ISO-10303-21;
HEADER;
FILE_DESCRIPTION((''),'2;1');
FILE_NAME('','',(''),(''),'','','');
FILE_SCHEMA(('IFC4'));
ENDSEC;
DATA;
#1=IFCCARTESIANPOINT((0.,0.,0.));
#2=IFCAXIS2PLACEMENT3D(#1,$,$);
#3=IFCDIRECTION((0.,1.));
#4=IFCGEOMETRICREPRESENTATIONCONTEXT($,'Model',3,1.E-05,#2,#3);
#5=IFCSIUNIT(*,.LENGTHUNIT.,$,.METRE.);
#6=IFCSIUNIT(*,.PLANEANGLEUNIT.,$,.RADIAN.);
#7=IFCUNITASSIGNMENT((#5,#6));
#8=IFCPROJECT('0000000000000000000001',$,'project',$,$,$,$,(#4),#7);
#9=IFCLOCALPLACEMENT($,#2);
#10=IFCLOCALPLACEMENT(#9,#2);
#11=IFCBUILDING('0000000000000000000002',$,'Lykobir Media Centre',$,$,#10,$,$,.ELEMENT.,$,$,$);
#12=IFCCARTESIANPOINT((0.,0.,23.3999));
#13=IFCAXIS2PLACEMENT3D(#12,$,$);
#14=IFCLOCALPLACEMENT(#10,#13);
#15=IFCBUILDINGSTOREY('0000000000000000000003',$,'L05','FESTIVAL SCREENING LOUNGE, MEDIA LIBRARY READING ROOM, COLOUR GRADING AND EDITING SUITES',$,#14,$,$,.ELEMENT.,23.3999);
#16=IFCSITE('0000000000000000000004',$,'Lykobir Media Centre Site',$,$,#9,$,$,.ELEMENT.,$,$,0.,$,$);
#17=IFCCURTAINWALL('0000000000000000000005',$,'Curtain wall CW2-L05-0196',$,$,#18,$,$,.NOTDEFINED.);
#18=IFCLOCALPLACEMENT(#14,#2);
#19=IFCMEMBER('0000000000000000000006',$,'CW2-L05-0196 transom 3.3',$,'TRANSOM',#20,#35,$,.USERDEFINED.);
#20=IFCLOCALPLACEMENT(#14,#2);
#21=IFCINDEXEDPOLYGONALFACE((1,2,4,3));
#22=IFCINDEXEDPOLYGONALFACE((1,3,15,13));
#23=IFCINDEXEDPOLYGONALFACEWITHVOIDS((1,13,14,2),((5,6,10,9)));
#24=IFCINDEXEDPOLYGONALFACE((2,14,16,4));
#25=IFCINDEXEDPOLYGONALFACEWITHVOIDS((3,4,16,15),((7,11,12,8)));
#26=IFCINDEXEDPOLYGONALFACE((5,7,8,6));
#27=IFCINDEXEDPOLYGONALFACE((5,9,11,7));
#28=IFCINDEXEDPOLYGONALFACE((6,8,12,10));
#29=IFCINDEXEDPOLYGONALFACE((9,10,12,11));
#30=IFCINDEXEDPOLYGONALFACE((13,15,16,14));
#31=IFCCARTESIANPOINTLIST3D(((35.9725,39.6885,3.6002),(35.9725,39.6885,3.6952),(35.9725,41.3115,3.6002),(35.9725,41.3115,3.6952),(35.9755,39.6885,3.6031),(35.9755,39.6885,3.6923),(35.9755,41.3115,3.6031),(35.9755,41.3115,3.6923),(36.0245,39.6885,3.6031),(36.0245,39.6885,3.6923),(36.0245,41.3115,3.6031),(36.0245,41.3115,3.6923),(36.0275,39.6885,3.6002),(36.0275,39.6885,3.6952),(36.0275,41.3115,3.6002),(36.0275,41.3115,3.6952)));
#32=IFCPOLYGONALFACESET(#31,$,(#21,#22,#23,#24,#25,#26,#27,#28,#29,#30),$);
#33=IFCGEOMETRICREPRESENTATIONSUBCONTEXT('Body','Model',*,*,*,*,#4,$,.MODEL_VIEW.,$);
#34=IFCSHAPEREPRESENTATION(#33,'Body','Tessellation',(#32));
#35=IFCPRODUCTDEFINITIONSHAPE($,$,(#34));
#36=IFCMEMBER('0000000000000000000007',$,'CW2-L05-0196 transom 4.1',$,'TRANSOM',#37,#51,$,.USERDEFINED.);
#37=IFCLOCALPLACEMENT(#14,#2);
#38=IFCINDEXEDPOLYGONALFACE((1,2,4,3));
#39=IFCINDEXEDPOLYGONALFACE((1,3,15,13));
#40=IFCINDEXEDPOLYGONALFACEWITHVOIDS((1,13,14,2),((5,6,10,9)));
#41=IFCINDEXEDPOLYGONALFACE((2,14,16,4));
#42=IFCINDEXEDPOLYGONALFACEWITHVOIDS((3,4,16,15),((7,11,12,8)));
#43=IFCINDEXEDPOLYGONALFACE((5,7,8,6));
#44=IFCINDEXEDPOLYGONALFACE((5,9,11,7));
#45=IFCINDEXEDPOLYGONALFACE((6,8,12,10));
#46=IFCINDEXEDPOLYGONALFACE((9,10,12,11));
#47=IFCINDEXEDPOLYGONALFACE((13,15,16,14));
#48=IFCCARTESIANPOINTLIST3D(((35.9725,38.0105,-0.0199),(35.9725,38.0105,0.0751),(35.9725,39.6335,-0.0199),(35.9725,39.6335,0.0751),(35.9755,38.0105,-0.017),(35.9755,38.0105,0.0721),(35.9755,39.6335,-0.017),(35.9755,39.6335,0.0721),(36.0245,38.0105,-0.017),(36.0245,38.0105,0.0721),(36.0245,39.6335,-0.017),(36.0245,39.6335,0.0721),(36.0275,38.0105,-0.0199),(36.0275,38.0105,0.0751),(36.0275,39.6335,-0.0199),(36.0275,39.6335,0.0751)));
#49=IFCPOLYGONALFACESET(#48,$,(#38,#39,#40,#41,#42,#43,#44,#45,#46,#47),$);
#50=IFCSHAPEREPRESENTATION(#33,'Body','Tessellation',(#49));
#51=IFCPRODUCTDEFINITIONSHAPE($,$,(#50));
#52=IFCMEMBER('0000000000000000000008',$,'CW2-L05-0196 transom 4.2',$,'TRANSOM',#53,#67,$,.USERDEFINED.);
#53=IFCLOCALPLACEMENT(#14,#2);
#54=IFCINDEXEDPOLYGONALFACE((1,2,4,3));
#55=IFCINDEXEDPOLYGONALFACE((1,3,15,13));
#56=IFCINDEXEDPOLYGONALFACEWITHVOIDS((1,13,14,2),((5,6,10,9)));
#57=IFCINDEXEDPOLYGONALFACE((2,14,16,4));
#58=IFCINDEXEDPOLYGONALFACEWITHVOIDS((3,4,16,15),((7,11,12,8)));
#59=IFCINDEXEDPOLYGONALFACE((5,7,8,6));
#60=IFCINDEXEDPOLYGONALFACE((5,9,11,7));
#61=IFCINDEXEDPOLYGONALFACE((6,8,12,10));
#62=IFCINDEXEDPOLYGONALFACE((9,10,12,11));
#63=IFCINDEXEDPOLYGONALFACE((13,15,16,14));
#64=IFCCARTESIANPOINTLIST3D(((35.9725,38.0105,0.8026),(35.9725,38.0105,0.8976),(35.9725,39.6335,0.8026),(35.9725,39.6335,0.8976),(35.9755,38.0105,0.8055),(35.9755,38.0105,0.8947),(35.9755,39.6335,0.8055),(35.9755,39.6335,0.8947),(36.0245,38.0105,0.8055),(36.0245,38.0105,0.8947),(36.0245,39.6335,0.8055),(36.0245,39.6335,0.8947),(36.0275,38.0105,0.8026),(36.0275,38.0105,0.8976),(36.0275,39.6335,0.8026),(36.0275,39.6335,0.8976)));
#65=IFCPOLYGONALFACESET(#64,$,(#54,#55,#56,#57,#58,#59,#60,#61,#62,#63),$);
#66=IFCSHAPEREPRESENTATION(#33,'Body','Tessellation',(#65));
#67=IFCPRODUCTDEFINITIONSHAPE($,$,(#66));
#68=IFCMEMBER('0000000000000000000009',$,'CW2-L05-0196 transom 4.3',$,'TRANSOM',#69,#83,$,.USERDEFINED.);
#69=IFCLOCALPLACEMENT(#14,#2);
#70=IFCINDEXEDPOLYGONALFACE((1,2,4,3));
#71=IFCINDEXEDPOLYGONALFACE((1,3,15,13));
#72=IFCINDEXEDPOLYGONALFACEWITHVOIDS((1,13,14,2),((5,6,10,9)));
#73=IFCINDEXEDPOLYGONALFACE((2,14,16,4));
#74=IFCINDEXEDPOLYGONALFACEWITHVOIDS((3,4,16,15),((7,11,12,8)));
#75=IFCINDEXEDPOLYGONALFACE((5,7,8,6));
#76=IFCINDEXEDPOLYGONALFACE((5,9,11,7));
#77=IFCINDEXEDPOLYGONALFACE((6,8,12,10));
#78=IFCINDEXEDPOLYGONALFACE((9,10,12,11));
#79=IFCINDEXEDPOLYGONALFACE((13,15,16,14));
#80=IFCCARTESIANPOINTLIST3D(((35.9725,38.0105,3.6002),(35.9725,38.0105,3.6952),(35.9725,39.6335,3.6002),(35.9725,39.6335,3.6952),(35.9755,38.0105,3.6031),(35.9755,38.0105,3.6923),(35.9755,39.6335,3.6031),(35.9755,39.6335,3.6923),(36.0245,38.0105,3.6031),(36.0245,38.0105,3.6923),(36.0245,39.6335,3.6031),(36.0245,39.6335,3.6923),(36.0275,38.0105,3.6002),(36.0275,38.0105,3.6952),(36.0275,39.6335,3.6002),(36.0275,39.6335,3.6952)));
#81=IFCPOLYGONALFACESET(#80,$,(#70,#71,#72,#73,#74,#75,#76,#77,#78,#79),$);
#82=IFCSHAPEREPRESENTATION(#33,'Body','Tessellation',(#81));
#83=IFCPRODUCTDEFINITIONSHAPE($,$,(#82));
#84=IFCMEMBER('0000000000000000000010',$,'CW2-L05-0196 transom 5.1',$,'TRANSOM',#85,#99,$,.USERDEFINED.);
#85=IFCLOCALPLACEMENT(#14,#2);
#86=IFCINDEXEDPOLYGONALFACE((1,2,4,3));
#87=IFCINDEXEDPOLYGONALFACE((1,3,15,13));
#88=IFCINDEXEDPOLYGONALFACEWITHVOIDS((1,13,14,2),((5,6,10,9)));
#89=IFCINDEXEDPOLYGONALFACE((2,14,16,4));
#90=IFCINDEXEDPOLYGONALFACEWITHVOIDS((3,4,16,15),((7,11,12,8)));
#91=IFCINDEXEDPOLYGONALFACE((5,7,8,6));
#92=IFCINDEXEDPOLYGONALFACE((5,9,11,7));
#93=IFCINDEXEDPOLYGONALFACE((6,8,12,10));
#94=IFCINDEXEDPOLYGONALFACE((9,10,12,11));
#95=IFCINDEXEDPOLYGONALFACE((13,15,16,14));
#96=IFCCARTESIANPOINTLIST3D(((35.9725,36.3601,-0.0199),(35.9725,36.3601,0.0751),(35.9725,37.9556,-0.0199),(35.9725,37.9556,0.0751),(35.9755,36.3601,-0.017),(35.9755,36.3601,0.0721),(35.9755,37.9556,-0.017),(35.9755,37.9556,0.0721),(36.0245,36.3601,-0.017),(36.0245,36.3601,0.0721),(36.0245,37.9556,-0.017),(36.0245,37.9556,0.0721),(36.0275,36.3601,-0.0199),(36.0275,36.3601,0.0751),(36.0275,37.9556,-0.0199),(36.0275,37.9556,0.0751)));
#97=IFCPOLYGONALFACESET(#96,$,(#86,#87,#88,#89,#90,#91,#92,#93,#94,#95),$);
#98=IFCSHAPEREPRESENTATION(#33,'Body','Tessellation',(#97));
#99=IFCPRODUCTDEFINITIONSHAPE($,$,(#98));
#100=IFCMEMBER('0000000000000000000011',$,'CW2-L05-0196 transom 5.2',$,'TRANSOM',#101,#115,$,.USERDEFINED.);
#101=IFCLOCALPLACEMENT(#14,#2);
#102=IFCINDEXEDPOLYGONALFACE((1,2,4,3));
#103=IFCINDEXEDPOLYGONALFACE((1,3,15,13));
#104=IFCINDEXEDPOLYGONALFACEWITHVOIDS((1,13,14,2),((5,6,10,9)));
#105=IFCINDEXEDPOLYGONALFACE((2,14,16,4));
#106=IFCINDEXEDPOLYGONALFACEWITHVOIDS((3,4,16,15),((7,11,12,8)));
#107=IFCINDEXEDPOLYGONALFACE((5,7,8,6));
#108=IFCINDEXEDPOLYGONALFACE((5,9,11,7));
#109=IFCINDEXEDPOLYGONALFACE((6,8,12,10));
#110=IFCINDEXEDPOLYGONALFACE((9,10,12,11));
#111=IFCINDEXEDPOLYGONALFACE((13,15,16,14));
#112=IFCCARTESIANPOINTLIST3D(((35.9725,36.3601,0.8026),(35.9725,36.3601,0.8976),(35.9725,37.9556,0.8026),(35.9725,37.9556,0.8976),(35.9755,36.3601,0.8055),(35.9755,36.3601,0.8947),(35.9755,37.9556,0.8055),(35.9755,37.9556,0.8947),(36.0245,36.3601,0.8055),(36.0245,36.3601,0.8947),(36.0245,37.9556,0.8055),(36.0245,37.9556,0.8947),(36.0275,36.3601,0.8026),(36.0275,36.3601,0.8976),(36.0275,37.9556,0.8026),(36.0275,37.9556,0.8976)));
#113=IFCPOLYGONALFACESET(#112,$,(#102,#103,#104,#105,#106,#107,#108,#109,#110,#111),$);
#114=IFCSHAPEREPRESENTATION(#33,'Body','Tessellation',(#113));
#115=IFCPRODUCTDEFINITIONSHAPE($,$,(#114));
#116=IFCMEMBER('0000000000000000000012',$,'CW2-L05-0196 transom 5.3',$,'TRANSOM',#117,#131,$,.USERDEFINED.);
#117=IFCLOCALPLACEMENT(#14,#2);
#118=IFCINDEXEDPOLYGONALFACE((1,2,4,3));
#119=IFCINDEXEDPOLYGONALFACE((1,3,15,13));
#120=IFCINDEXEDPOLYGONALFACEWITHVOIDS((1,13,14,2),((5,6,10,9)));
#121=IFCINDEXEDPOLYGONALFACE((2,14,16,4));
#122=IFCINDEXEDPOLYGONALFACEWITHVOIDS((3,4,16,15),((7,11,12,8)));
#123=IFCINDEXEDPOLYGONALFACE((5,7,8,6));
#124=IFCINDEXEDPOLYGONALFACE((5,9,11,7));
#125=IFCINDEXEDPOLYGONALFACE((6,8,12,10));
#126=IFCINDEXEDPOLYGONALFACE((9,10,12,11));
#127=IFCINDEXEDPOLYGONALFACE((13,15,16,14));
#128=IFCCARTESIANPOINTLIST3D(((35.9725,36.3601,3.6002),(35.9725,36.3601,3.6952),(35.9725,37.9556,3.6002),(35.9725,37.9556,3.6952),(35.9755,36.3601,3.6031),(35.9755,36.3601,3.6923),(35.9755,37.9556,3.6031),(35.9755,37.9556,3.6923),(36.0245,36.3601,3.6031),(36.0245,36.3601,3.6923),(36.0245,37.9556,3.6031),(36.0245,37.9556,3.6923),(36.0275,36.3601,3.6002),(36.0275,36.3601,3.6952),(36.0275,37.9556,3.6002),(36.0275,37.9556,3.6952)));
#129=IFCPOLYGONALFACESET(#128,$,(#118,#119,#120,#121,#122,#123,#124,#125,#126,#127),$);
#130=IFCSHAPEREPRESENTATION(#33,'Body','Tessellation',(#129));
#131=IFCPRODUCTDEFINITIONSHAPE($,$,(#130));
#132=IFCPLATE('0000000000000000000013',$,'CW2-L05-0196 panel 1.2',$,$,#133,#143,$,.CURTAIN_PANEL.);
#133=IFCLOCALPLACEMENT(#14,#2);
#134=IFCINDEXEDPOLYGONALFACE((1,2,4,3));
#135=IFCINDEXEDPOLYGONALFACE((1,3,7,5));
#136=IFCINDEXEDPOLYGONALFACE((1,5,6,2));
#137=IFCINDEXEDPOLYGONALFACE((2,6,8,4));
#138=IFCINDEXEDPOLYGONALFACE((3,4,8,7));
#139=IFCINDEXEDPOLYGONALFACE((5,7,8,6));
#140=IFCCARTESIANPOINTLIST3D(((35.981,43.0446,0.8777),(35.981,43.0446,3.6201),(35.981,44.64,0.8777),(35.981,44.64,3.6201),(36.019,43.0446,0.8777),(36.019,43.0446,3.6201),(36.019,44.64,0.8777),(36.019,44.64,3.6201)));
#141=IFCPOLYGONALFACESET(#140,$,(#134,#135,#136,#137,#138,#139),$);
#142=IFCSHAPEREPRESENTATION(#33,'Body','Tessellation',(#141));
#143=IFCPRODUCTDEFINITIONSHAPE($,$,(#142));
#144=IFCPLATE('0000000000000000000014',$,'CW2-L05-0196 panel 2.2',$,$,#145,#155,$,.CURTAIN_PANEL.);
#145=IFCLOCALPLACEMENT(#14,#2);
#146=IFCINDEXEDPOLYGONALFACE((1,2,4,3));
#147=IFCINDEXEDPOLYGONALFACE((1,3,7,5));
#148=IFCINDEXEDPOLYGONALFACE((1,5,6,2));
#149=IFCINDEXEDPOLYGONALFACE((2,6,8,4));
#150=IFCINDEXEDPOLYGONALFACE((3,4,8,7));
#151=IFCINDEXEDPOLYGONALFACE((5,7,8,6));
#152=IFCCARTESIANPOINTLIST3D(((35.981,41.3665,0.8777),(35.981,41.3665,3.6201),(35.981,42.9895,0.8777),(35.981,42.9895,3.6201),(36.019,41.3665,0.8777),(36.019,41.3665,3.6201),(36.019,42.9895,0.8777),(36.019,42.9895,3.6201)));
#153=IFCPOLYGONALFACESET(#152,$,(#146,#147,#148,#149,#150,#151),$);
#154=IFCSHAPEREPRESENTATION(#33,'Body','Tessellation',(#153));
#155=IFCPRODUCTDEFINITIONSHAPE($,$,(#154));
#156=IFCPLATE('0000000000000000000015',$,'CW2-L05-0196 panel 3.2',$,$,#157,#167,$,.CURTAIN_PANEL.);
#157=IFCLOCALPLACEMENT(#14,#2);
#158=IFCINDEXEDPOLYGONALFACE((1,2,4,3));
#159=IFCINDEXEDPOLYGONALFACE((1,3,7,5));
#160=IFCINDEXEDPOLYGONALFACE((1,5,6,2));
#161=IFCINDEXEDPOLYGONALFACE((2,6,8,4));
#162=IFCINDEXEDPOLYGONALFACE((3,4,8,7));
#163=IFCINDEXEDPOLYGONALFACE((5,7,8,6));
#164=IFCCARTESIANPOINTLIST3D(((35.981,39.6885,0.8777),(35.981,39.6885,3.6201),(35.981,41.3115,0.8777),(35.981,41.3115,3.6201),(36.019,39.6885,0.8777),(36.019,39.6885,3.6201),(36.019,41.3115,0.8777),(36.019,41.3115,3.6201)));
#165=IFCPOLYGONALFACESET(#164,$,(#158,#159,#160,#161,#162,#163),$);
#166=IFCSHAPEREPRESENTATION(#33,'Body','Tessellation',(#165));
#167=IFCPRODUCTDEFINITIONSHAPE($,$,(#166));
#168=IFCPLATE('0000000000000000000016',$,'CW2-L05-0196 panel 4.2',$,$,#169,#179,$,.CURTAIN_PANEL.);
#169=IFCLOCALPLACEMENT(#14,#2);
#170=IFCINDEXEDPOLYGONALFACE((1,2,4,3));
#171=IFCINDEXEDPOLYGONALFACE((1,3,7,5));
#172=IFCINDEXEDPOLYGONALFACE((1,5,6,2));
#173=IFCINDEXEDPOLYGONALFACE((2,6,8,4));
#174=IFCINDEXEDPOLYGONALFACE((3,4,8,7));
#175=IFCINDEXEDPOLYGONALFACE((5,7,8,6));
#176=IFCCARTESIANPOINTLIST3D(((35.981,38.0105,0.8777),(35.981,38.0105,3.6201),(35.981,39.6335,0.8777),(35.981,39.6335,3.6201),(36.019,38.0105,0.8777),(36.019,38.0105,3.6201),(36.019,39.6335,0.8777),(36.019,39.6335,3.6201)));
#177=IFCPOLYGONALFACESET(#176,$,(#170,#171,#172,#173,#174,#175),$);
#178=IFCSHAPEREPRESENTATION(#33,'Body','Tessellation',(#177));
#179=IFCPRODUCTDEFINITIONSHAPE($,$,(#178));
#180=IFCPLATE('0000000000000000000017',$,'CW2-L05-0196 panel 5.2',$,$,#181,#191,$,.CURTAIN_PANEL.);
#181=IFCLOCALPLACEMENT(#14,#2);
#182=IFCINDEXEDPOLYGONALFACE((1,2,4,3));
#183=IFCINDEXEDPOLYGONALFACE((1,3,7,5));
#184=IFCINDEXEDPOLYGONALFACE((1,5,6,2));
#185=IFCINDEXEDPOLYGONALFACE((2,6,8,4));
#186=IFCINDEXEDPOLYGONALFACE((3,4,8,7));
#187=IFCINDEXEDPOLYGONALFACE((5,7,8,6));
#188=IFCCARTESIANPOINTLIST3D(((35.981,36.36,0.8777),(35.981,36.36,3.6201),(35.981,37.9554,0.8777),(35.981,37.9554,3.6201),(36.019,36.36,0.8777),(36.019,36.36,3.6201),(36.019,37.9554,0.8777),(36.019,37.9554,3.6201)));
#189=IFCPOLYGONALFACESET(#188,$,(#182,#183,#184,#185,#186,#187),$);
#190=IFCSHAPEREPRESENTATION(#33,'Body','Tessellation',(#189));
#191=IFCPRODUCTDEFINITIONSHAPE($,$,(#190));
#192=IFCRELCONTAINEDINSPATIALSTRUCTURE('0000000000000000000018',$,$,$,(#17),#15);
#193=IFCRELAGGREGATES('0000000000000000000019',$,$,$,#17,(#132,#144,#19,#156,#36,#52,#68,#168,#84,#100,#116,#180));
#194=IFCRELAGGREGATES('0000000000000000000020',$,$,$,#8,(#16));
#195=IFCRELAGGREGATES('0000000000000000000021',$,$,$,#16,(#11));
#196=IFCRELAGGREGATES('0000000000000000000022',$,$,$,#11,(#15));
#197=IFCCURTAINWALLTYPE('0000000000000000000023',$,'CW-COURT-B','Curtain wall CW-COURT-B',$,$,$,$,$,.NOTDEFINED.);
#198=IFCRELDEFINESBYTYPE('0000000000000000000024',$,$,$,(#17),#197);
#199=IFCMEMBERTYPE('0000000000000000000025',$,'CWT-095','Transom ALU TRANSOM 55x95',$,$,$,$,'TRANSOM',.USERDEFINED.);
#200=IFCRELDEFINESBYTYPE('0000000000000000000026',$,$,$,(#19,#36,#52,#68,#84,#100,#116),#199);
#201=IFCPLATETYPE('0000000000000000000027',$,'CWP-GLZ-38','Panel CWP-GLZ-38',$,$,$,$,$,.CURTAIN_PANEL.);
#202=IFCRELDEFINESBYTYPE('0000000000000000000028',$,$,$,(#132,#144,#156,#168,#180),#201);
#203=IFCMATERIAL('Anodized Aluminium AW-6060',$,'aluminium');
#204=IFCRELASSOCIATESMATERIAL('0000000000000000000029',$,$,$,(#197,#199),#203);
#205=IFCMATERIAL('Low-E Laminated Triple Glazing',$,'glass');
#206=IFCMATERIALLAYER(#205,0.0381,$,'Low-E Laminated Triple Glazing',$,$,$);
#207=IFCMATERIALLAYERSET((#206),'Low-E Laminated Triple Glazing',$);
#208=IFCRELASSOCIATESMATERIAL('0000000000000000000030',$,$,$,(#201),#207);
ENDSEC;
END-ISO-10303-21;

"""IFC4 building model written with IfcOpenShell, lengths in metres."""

from ifc_helpers import new_model, si_unit, direction, frame, origin, origin_2d, place, context, subcontext, project, spatial, rectangle, hollow_rectangle, extrude, material, layer, layer_set, material_profile, profile_set, type_object, element, aggregate, save


model = new_model("IFC4")

# Units and contexts
model_context = context("Model", 3, precision=1e-05, world=origin(), true_north=direction((0.0, 1.0)))
body_context = subcontext(model_context, "Body", "Model", "MODEL_VIEW")
ifc_project = project(units=[si_unit("LENGTHUNIT", "METRE"), si_unit("PLANEANGLEUNIT", "RADIAN")], contexts=[model_context])

# Site, building, storey
site_placement = place(None, origin())
site = spatial("IfcSite", under=ifc_project, at=site_placement, Name="Lykobir Media Centre Site", CompositionType="ELEMENT", RefElevation=0.0)
building_placement = place(site_placement, origin())
building = spatial("IfcBuilding", under=site, at=building_placement, Name="Lykobir Media Centre", CompositionType="ELEMENT")
storey_placement = place(building_placement, frame((0.0, 0.0, 23.3999)))
storey = spatial("IfcBuildingStorey", under=building, at=storey_placement, Name="L05", Description="FESTIVAL SCREENING LOUNGE, MEDIA LIBRARY READING ROOM, COLOUR GRADING AND EDITING SUITES", CompositionType="ELEMENT", Elevation=23.3999)

# Curtain wall, members, plates
ifc_material_1 = material(Name="Anodized Aluminium AW-6060", Category="aluminium")
curtain_wall_type = type_object("IfcCurtainWallType", Name="CW-COURT-B", Description="Curtain wall CW-COURT-B", PredefinedType="NOTDEFINED", material=ifc_material_1)
curtain_wall_placement = place(storey_placement, origin())
curtain_wall = element("IfcCurtainWall", 1, at=curtain_wall_placement, inside=storey, type_object=curtain_wall_type, Name="Curtain wall CW2-L05-0196", PredefinedType="NOTDEFINED")
ifc_material_profile_1 = material_profile(ifc_material_1, hollow_rectangle(XDim=0.0549, YDim=0.095, WallThickness=0.0029, at=origin_2d()), Name="ALU TRANSOM 55x95")
ifc_profile_set_1 = profile_set([ifc_material_profile_1], Name="Anodized Aluminium AW-6060")
member_type_1 = type_object("IfcMemberType", Name="CWT-095", Description="Transom ALU TRANSOM 55x95", ElementType="TRANSOM", PredefinedType="USERDEFINED", material=ifc_profile_set_1)
member_1_placement = place(storey_placement, frame((36.0, 41.3115, 3.6477), z_axis=(0.0, -1.0, 0.0), x_axis=(1.0, 0.0, 0.0)))
member_1 = element("IfcMember", 2, at=member_1_placement, type_object=member_type_1, Name="CW2-L05-0196 transom 3.3", ObjectType="TRANSOM", PredefinedType="USERDEFINED", context=body_context, shape_type="SweptSolid", body=[
    extrude(hollow_rectangle(XDim=0.0549, YDim=0.095, WallThickness=0.0029, at=origin_2d()), origin(), (0.0, 0.0, 1.0), 1.623),
])
member_2_placement = place(storey_placement, frame((36.0, 39.6335, 0.0276), z_axis=(0.0, -1.0, 0.0), x_axis=(1.0, 0.0, 0.0)))
member_2 = element("IfcMember", 3, at=member_2_placement, type_object=member_type_1, Name="CW2-L05-0196 transom 4.1", ObjectType="TRANSOM", PredefinedType="USERDEFINED", context=body_context, shape_type="SweptSolid", body=[
    extrude(hollow_rectangle(XDim=0.0549, YDim=0.095, WallThickness=0.0029, at=origin_2d()), origin(), (0.0, 0.0, 1.0), 1.623),
])
member_3_placement = place(storey_placement, frame((36.0, 39.6335, 0.8501), z_axis=(0.0, -1.0, 0.0), x_axis=(1.0, 0.0, 0.0)))
member_3 = element("IfcMember", 4, at=member_3_placement, type_object=member_type_1, Name="CW2-L05-0196 transom 4.2", ObjectType="TRANSOM", PredefinedType="USERDEFINED", context=body_context, shape_type="SweptSolid", body=[
    extrude(hollow_rectangle(XDim=0.0549, YDim=0.095, WallThickness=0.0029, at=origin_2d()), origin(), (0.0, 0.0, 1.0), 1.623),
])
member_4_placement = place(storey_placement, frame((36.0, 39.6335, 3.6477), z_axis=(0.0, -1.0, 0.0), x_axis=(1.0, 0.0, 0.0)))
member_4 = element("IfcMember", 5, at=member_4_placement, type_object=member_type_1, Name="CW2-L05-0196 transom 4.3", ObjectType="TRANSOM", PredefinedType="USERDEFINED", context=body_context, shape_type="SweptSolid", body=[
    extrude(hollow_rectangle(XDim=0.0549, YDim=0.095, WallThickness=0.0029, at=origin_2d()), origin(), (0.0, 0.0, 1.0), 1.623),
])
member_5_placement = place(storey_placement, frame((36.0, 37.9556, 0.0276), z_axis=(0.0, -1.0, 0.0), x_axis=(1.0, 0.0, 0.0)))
member_5 = element("IfcMember", 6, at=member_5_placement, type_object=member_type_1, Name="CW2-L05-0196 transom 5.1", ObjectType="TRANSOM", PredefinedType="USERDEFINED", context=body_context, shape_type="SweptSolid", body=[
    extrude(hollow_rectangle(XDim=0.0549, YDim=0.095, WallThickness=0.0029, at=origin_2d()), origin(), (0.0, 0.0, 1.0), 1.5955),
])
member_6_placement = place(storey_placement, frame((36.0, 37.9556, 0.8501), z_axis=(0.0, -1.0, 0.0), x_axis=(1.0, 0.0, 0.0)))
member_6 = element("IfcMember", 7, at=member_6_placement, type_object=member_type_1, Name="CW2-L05-0196 transom 5.2", ObjectType="TRANSOM", PredefinedType="USERDEFINED", context=body_context, shape_type="SweptSolid", body=[
    extrude(hollow_rectangle(XDim=0.0549, YDim=0.095, WallThickness=0.0029, at=origin_2d()), origin(), (0.0, 0.0, 1.0), 1.5955),
])
member_7_placement = place(storey_placement, frame((36.0, 37.9556, 3.6477), z_axis=(0.0, -1.0, 0.0), x_axis=(1.0, 0.0, 0.0)))
member_7 = element("IfcMember", 8, at=member_7_placement, type_object=member_type_1, Name="CW2-L05-0196 transom 5.3", ObjectType="TRANSOM", PredefinedType="USERDEFINED", context=body_context, shape_type="SweptSolid", body=[
    extrude(hollow_rectangle(XDim=0.0549, YDim=0.095, WallThickness=0.0029, at=origin_2d()), origin(), (0.0, 0.0, 1.0), 1.5955),
])
ifc_material_2 = material(Name="Low-E Laminated Triple Glazing", Category="glass")
ifc_layer_1 = layer(ifc_material_2, 0.0381, Name="Low-E Laminated Triple Glazing")
ifc_layer_set_1 = layer_set([ifc_layer_1], Name="Low-E Laminated Triple Glazing")
plate_type_1 = type_object("IfcPlateType", Name="CWP-GLZ-38", Description="Panel CWP-GLZ-38", PredefinedType="CURTAIN_PANEL", material=ifc_layer_set_1)
plate_1_placement = place(storey_placement, frame((36.0, 43.8423, 0.8777), z_axis=(0.0, 0.0, 1.0), x_axis=(0.0, -1.0, 0.0)))
plate_1 = element("IfcPlate", 9, at=plate_1_placement, type_object=plate_type_1, Name="CW2-L05-0196 panel 1.2", PredefinedType="CURTAIN_PANEL", context=body_context, shape_type="SweptSolid", body=[
    extrude(rectangle(XDim=1.5955, YDim=0.0381, at=origin_2d()), origin(), (0.0, 0.0, 1.0), 2.7424),
])
plate_2_placement = place(storey_placement, frame((36.0, 42.178, 0.8777), z_axis=(0.0, 0.0, 1.0), x_axis=(0.0, -1.0, 0.0)))
plate_2 = element("IfcPlate", 10, at=plate_2_placement, type_object=plate_type_1, Name="CW2-L05-0196 panel 2.2", PredefinedType="CURTAIN_PANEL", context=body_context, shape_type="SweptSolid", body=[
    extrude(rectangle(XDim=1.623, YDim=0.0381, at=origin_2d()), origin(), (0.0, 0.0, 1.0), 2.7424),
])
plate_3_placement = place(storey_placement, frame((36.0, 40.5, 0.8777), z_axis=(0.0, 0.0, 1.0), x_axis=(0.0, -1.0, 0.0)))
plate_3 = element("IfcPlate", 11, at=plate_3_placement, type_object=plate_type_1, Name="CW2-L05-0196 panel 3.2", PredefinedType="CURTAIN_PANEL", context=body_context, shape_type="SweptSolid", body=[
    extrude(rectangle(XDim=1.623, YDim=0.0381, at=origin_2d()), origin(), (0.0, 0.0, 1.0), 2.7424),
])
plate_4_placement = place(storey_placement, frame((36.0, 38.822, 0.8777), z_axis=(0.0, 0.0, 1.0), x_axis=(0.0, -1.0, 0.0)))
plate_4 = element("IfcPlate", 12, at=plate_4_placement, type_object=plate_type_1, Name="CW2-L05-0196 panel 4.2", PredefinedType="CURTAIN_PANEL", context=body_context, shape_type="SweptSolid", body=[
    extrude(rectangle(XDim=1.623, YDim=0.0381, at=origin_2d()), origin(), (0.0, 0.0, 1.0), 2.7424),
])
plate_5_placement = place(storey_placement, frame((36.0, 37.1577, 0.8777), z_axis=(0.0, 0.0, 1.0), x_axis=(0.0, -1.0, 0.0)))
plate_5 = element("IfcPlate", 13, at=plate_5_placement, type_object=plate_type_1, Name="CW2-L05-0196 panel 5.2", PredefinedType="CURTAIN_PANEL", context=body_context, shape_type="SweptSolid", body=[
    extrude(rectangle(XDim=1.5955, YDim=0.0381, at=origin_2d()), origin(), (0.0, 0.0, 1.0), 2.7424),
])
aggregate(curtain_wall, [plate_1, plate_2, member_1, plate_3, member_2, member_3, member_4, plate_4, member_5, member_6, member_7, plate_5])

save(model, "model.ifc")
